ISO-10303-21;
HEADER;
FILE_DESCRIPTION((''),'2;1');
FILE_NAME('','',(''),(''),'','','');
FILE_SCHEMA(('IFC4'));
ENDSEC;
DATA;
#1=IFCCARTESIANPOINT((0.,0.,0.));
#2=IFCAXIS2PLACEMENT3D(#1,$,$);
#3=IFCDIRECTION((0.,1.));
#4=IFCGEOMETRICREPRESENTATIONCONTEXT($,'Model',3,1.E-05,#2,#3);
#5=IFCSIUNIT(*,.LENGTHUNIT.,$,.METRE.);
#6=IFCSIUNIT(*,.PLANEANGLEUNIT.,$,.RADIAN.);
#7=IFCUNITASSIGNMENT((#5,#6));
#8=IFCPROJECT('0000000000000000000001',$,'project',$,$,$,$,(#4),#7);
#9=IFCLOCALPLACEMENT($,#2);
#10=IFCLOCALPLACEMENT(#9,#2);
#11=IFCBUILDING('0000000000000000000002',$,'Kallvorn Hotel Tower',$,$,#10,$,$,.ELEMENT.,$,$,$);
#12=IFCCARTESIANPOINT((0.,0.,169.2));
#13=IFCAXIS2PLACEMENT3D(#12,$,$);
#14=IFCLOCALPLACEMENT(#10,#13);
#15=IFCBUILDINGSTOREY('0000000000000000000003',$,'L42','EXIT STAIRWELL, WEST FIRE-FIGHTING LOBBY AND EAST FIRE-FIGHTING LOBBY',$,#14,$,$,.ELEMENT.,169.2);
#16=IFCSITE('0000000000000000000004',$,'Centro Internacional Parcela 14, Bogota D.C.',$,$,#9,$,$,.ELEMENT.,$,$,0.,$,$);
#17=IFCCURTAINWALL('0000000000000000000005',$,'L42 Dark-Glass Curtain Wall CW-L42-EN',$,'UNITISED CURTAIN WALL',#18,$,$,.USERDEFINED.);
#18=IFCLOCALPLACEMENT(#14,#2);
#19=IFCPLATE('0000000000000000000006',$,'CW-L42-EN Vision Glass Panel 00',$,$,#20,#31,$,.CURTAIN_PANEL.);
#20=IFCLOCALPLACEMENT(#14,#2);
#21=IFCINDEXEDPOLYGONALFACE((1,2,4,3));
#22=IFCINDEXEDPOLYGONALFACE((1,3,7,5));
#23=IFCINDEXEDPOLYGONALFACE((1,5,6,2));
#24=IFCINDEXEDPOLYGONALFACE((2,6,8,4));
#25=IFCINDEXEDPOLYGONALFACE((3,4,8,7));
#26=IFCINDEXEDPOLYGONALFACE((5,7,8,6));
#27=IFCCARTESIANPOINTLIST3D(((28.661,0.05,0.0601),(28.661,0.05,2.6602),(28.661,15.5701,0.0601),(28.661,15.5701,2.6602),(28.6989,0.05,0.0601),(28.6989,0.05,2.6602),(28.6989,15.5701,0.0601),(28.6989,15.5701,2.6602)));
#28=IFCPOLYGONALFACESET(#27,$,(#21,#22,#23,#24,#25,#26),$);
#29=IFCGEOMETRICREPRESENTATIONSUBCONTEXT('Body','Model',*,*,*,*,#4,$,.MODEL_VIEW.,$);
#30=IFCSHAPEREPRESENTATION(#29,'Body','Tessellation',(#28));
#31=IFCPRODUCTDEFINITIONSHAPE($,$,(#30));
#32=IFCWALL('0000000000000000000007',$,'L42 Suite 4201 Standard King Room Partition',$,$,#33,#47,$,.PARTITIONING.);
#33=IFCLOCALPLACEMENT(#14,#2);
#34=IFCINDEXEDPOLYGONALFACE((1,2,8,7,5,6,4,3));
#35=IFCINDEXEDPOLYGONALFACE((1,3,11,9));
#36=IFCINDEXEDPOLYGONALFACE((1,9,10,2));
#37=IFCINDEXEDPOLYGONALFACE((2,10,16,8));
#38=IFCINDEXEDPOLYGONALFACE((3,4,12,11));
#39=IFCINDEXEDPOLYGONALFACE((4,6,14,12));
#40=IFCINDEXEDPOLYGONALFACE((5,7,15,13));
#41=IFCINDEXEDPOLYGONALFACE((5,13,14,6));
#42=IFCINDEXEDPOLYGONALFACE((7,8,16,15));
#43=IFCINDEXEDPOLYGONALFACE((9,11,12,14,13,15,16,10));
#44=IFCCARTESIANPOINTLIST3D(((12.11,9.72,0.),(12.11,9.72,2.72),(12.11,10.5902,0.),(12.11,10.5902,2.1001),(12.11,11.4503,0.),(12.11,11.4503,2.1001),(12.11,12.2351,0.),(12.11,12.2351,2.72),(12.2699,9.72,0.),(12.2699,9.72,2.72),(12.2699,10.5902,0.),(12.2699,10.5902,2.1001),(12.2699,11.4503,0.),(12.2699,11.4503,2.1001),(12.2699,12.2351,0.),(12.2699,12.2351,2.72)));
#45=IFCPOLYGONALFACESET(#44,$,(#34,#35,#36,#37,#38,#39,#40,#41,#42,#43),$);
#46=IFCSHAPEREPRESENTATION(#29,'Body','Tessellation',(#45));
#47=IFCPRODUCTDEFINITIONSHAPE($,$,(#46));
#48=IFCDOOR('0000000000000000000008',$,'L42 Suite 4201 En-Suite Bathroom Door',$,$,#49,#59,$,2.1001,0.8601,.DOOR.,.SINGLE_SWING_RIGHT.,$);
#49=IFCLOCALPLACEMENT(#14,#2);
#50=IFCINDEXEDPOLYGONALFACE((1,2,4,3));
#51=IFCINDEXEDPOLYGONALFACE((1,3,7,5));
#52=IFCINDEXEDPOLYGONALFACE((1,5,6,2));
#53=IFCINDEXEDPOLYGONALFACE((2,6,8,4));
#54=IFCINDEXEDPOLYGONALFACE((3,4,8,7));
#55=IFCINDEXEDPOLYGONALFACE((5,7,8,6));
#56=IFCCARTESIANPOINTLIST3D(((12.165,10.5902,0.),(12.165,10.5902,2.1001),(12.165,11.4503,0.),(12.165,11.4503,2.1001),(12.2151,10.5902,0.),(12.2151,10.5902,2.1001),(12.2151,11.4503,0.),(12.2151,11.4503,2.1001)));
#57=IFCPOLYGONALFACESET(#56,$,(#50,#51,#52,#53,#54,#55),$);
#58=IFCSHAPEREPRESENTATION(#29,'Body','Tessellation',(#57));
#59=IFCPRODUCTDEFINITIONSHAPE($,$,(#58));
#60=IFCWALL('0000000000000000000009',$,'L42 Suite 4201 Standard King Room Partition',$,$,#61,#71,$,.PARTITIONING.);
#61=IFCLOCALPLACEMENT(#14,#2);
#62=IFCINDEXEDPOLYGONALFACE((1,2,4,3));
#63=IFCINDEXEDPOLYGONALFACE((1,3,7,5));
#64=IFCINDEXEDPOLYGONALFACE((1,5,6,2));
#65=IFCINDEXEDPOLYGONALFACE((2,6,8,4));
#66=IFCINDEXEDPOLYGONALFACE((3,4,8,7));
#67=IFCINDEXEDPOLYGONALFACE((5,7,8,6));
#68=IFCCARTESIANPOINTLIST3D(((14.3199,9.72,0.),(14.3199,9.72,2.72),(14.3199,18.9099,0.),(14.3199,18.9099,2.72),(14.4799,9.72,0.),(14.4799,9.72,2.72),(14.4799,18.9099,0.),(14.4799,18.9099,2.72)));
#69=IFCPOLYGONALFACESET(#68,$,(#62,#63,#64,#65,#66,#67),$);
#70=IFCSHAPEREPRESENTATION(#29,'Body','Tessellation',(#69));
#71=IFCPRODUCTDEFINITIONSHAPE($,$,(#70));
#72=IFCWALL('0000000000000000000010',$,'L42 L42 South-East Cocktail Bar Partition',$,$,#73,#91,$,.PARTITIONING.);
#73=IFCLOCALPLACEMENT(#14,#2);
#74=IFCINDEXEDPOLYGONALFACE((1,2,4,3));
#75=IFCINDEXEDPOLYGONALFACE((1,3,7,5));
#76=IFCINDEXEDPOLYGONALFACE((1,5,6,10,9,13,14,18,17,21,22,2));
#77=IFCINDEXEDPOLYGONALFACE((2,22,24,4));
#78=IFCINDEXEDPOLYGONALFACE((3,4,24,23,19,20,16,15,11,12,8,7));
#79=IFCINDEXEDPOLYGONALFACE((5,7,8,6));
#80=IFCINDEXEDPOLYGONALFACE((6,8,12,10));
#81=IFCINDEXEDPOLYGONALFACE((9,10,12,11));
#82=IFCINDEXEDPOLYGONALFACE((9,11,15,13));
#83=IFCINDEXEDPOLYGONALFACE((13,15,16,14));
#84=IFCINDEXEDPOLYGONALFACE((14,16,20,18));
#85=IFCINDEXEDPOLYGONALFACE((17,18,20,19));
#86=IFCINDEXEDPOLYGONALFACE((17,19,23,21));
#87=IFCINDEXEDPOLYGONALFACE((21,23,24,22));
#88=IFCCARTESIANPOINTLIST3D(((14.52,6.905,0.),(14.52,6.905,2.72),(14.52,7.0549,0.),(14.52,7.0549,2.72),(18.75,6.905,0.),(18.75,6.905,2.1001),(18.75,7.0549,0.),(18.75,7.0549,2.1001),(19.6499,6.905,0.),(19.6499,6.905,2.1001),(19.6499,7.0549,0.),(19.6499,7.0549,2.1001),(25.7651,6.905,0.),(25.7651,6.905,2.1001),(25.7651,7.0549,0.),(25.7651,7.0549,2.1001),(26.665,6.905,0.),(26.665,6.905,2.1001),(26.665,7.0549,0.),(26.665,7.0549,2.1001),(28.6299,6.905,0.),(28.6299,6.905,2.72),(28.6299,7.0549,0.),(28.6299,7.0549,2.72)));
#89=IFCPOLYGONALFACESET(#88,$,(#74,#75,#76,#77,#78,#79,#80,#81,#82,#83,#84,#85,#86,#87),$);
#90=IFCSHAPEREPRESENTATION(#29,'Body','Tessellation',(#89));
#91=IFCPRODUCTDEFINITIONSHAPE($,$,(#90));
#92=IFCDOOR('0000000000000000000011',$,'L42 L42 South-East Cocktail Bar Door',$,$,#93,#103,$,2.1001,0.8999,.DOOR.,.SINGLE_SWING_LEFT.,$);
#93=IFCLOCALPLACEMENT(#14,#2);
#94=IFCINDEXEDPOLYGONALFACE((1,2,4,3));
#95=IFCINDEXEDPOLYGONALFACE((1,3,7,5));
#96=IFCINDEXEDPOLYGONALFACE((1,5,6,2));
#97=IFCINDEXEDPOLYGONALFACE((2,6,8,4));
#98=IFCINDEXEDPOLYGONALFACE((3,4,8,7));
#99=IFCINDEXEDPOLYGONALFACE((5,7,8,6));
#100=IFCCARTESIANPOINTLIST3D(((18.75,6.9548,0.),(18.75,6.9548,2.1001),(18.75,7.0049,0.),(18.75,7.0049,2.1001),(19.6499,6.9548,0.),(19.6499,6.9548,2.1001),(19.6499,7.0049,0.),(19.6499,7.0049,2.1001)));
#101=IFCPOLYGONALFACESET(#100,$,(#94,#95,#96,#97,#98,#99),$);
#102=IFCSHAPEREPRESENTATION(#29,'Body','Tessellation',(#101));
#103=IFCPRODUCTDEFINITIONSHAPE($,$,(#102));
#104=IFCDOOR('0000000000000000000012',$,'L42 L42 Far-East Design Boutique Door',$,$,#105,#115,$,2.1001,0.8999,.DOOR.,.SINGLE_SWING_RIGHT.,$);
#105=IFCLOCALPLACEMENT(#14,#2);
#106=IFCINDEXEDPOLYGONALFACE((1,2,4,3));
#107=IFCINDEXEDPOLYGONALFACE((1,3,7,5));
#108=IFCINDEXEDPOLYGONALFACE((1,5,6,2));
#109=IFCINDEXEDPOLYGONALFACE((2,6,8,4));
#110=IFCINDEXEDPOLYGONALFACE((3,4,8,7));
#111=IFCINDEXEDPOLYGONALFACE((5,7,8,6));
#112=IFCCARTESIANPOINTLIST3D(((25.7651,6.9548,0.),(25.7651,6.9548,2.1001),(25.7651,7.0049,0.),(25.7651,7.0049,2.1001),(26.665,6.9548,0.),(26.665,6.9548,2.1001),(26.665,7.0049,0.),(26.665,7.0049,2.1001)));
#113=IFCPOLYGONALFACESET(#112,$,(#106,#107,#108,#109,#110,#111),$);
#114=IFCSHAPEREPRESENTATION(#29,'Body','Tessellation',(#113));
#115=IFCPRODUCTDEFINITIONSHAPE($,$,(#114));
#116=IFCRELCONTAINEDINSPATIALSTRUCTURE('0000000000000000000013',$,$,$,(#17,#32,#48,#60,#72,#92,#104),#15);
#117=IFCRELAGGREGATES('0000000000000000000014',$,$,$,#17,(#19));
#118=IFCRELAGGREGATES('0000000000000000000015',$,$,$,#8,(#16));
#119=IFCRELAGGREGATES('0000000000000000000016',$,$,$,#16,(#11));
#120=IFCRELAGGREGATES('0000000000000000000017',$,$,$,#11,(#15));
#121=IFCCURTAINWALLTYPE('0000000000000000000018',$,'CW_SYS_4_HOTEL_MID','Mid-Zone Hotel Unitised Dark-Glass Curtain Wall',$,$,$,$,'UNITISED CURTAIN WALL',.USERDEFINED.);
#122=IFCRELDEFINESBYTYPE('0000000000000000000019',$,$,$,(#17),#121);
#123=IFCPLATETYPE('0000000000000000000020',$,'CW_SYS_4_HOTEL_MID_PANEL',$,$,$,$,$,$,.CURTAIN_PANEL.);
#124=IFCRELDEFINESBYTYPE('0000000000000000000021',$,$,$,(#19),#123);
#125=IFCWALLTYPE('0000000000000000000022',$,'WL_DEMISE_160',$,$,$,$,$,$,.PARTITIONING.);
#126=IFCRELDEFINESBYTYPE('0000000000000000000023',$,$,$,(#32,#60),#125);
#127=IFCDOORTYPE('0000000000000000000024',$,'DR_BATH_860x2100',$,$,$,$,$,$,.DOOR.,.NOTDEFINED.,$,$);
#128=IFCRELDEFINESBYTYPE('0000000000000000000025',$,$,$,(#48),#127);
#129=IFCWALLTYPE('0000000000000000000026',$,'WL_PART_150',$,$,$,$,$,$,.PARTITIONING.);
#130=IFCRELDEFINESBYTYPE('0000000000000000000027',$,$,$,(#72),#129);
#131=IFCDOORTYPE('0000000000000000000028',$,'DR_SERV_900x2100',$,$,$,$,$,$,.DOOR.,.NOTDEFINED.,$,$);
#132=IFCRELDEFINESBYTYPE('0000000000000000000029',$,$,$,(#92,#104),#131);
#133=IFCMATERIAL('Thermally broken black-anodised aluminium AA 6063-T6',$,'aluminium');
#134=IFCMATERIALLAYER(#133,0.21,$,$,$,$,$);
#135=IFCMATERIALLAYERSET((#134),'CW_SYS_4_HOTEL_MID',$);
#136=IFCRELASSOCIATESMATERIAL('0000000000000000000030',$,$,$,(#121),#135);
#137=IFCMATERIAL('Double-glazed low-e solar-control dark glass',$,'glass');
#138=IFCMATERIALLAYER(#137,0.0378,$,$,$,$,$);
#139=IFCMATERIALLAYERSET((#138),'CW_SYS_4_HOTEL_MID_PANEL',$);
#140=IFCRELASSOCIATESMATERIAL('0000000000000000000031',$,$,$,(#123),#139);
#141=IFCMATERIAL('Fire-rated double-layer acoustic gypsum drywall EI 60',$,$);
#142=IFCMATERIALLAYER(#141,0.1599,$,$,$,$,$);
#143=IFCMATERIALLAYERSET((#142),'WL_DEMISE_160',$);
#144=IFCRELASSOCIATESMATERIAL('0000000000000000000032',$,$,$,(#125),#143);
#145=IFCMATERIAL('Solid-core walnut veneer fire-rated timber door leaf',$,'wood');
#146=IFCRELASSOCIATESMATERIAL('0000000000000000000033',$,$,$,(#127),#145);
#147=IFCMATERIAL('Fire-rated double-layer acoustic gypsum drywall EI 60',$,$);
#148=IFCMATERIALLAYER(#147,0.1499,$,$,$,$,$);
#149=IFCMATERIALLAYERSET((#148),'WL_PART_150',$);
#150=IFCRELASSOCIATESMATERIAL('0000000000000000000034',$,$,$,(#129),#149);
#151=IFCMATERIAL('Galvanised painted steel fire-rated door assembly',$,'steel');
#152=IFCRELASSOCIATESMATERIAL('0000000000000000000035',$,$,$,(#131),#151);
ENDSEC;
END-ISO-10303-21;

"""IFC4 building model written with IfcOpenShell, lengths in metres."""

from ifc_helpers import new_model, si_unit, direction, frame, frame_2d, origin, origin_2d, place, context, subcontext, project, spatial, rectangle, extrude, material, layer, layer_set, type_object, element, fill, aggregate, save


model = new_model("IFC4")

# Units and contexts
model_context = context("Model", 3, precision=1e-05, world=origin(), true_north=direction((0.0, 1.0)))
body_context = subcontext(model_context, "Body", "Model", "MODEL_VIEW")
ifc_project = project(units=[si_unit("LENGTHUNIT", "METRE"), si_unit("PLANEANGLEUNIT", "RADIAN")], contexts=[model_context])

# Site, building, storey
site_placement = place(None, origin())
site = spatial("IfcSite", under=ifc_project, at=site_placement, Name="Centro Internacional Parcela 14, Bogota D.C.", CompositionType="ELEMENT", RefElevation=0.0)
building_placement = place(site_placement, origin())
building = spatial("IfcBuilding", under=site, at=building_placement, Name="Kallvorn Hotel Tower", CompositionType="ELEMENT")
storey_placement = place(building_placement, frame((0.0, 0.0, 169.2)))
storey = spatial("IfcBuildingStorey", under=building, at=storey_placement, Name="L42", Description="EXIT STAIRWELL, WEST FIRE-FIGHTING LOBBY AND EAST FIRE-FIGHTING LOBBY", CompositionType="ELEMENT", Elevation=169.2)

# Curtain wall, plate
ifc_material_1 = material(Name="Thermally broken black-anodised aluminium AA 6063-T6", Category="aluminium")
ifc_layer_1 = layer(ifc_material_1, 0.21)
ifc_layer_set_1 = layer_set([ifc_layer_1], Name="CW_SYS_4_HOTEL_MID")
curtain_wall_type = type_object("IfcCurtainWallType", Name="CW_SYS_4_HOTEL_MID", Description="Mid-Zone Hotel Unitised Dark-Glass Curtain Wall", ElementType="UNITISED CURTAIN WALL", PredefinedType="USERDEFINED", material=ifc_layer_set_1)
curtain_wall_placement = place(storey_placement, origin())
curtain_wall = element("IfcCurtainWall", 1, at=curtain_wall_placement, inside=storey, type_object=curtain_wall_type, Name="L42 Dark-Glass Curtain Wall CW-L42-EN", ObjectType="UNITISED CURTAIN WALL", PredefinedType="USERDEFINED")
ifc_material_2 = material(Name="Double-glazed low-e solar-control dark glass", Category="glass")
ifc_layer_2 = layer(ifc_material_2, 0.0378)
ifc_layer_set_2 = layer_set([ifc_layer_2], Name="CW_SYS_4_HOTEL_MID_PANEL")
plate_type = type_object("IfcPlateType", Name="CW_SYS_4_HOTEL_MID_PANEL", PredefinedType="CURTAIN_PANEL", material=ifc_layer_set_2)
plate_placement = place(storey_placement, frame((28.6799, 7.8101, 0.0601), z_axis=(0.0, 0.0, 1.0), x_axis=(0.0, 1.0, 0.0)))
plate = element("IfcPlate", 2, at=plate_placement, type_object=plate_type, Name="CW-L42-EN Vision Glass Panel 00", PredefinedType="CURTAIN_PANEL", context=body_context, shape_type="SweptSolid", body=[
    extrude(rectangle(XDim=15.52, YDim=0.0378, at=origin_2d()), origin(), (0.0, 0.0, 1.0), 2.6001),
])
aggregate(curtain_wall, [plate])

# Wall, opening, door
ifc_material_3 = material(Name="Fire-rated double-layer acoustic gypsum drywall EI 60")
ifc_layer_3 = layer(ifc_material_3, 0.1599)
ifc_layer_set_3 = layer_set([ifc_layer_3], Name="WL_DEMISE_160")
wall_type_1 = type_object("IfcWallType", Name="WL_DEMISE_160", PredefinedType="PARTITIONING", material=ifc_layer_set_3)
wall_1_placement = place(storey_placement, frame((12.1899, 9.72, 0.0), z_axis=(0.0, 0.0, 1.0), x_axis=(0.0, 1.0, 0.0)))
wall_1 = element("IfcWall", 3, at=wall_1_placement, inside=storey, type_object=wall_type_1, Name="L42 Suite 4201 Standard King Room Partition", PredefinedType="PARTITIONING", context=body_context, shape_type="SweptSolid", body=[
    extrude(rectangle(XDim=2.5151, YDim=0.1599, at=frame_2d((1.2576, 0.0))), origin(), (0.0, 0.0, 1.0), 2.72),
])
opening_1_placement = place(wall_1_placement, frame((0.8701, 0.0, 0.0)))
opening_1 = element("IfcOpeningElement", 4, at=opening_1_placement, cuts=wall_1, PredefinedType="OPENING", context=body_context, shape_type="SweptSolid", body=[
    extrude(rectangle(XDim=0.8601, YDim=2.1001, at=frame_2d((0.4302, 1.05))), frame((0.0, 0.095, 0.0), z_axis=(0.0, -1.0, 0.0), x_axis=(1.0, 0.0, 0.0)), (0.0, 0.0, 1.0), 0.1899),
])
ifc_material_4 = material(Name="Solid-core walnut veneer fire-rated timber door leaf", Category="wood")
door_type_1 = type_object("IfcDoorType", Name="DR_BATH_860x2100", OperationType="NOTDEFINED", PredefinedType="DOOR", material=ifc_material_4)
door_1_placement = place(opening_1_placement, origin())
door_1 = element("IfcDoor", 5, at=door_1_placement, inside=storey, type_object=door_type_1, Name="L42 Suite 4201 En-Suite Bathroom Door", OperationType="SINGLE_SWING_RIGHT", OverallHeight=2.1001, OverallWidth=0.8601, PredefinedType="DOOR", context=body_context, shape_type="SweptSolid", body=[
    extrude(rectangle(XDim=0.8601, YDim=2.1001, at=frame_2d((0.4302, 1.05))), frame((0.0, 0.0249, 0.0), z_axis=(0.0, -1.0, 0.0), x_axis=(1.0, 0.0, 0.0)), (0.0, 0.0, 1.0), 0.05),
])
fill(opening_1, door_1)

# Wall
wall_2_placement = place(storey_placement, frame((14.3999, 9.72, 0.0), z_axis=(0.0, 0.0, 1.0), x_axis=(0.0, 1.0, 0.0)))
element("IfcWall", 6, at=wall_2_placement, inside=storey, type_object=wall_type_1, Name="L42 Suite 4201 Standard King Room Partition", PredefinedType="PARTITIONING", context=body_context, shape_type="SweptSolid", body=[
    extrude(rectangle(XDim=9.1899, YDim=0.1599, at=frame_2d((4.595, 0.0))), origin(), (0.0, 0.0, 1.0), 2.72),
])

# Wall, openings, doors
ifc_material_5 = material(Name="Fire-rated double-layer acoustic gypsum drywall EI 60")
ifc_layer_4 = layer(ifc_material_5, 0.1499)
ifc_layer_set_4 = layer_set([ifc_layer_4], Name="WL_PART_150")
wall_type_2 = type_object("IfcWallType", Name="WL_PART_150", PredefinedType="PARTITIONING", material=ifc_layer_set_4)
wall_3_placement = place(storey_placement, frame((14.52, 6.98, 0.0), z_axis=(0.0, 0.0, 1.0), x_axis=(1.0, 0.0, 0.0)))
wall_3 = element("IfcWall", 7, at=wall_3_placement, inside=storey, type_object=wall_type_2, Name="L42 L42 South-East Cocktail Bar Partition", PredefinedType="PARTITIONING", context=body_context, shape_type="SweptSolid", body=[
    extrude(rectangle(XDim=14.1099, YDim=0.1499, at=frame_2d((7.0549, 0.0))), origin(), (0.0, 0.0, 1.0), 2.72),
])
opening_2_placement = place(wall_3_placement, frame((4.23, 0.0, 0.0)))
opening_2 = element("IfcOpeningElement", 8, at=opening_2_placement, cuts=wall_3, PredefinedType="OPENING", context=body_context, shape_type="SweptSolid", body=[
    extrude(rectangle(XDim=0.8999, YDim=2.1001, at=frame_2d((0.45, 1.05))), frame((0.0, 0.0898, 0.0), z_axis=(0.0, -1.0, 0.0), x_axis=(1.0, 0.0, 0.0)), (0.0, 0.0, 1.0), 0.1799),
])
opening_3_placement = place(wall_3_placement, frame((11.2451, 0.0, 0.0)))
opening_3 = element("IfcOpeningElement", 9, at=opening_3_placement, cuts=wall_3, PredefinedType="OPENING", context=body_context, shape_type="SweptSolid", body=[
    extrude(rectangle(XDim=0.8999, YDim=2.1001, at=frame_2d((0.45, 1.05))), frame((0.0, 0.0898, 0.0), z_axis=(0.0, -1.0, 0.0), x_axis=(1.0, 0.0, 0.0)), (0.0, 0.0, 1.0), 0.1799),
])
ifc_material_6 = material(Name="Galvanised painted steel fire-rated door assembly", Category="steel")
door_type_2 = type_object("IfcDoorType", Name="DR_SERV_900x2100", OperationType="NOTDEFINED", PredefinedType="DOOR", material=ifc_material_6)
door_2_placement = place(opening_2_placement, origin())
door_2 = element("IfcDoor", 10, at=door_2_placement, inside=storey, type_object=door_type_2, Name="L42 L42 South-East Cocktail Bar Door", OperationType="SINGLE_SWING_LEFT", OverallHeight=2.1001, OverallWidth=0.8999, PredefinedType="DOOR", context=body_context, shape_type="SweptSolid", body=[
    extrude(rectangle(XDim=0.8999, YDim=2.1001, at=frame_2d((0.45, 1.05))), frame((0.0, 0.0249, 0.0), z_axis=(0.0, -1.0, 0.0), x_axis=(1.0, 0.0, 0.0)), (0.0, 0.0, 1.0), 0.05),
])
fill(opening_2, door_2)
door_3_placement = place(opening_3_placement, origin())
door_3 = element("IfcDoor", 11, at=door_3_placement, inside=storey, type_object=door_type_2, Name="L42 L42 Far-East Design Boutique Door", OperationType="SINGLE_SWING_RIGHT", OverallHeight=2.1001, OverallWidth=0.8999, PredefinedType="DOOR", context=body_context, shape_type="SweptSolid", body=[
    extrude(rectangle(XDim=0.8999, YDim=2.1001, at=frame_2d((0.45, 1.05))), frame((0.0, 0.0249, 0.0), z_axis=(0.0, -1.0, 0.0), x_axis=(1.0, 0.0, 0.0)), (0.0, 0.0, 1.0), 0.05),
])
fill(opening_3, door_3)

save(model, "model.ifc")
